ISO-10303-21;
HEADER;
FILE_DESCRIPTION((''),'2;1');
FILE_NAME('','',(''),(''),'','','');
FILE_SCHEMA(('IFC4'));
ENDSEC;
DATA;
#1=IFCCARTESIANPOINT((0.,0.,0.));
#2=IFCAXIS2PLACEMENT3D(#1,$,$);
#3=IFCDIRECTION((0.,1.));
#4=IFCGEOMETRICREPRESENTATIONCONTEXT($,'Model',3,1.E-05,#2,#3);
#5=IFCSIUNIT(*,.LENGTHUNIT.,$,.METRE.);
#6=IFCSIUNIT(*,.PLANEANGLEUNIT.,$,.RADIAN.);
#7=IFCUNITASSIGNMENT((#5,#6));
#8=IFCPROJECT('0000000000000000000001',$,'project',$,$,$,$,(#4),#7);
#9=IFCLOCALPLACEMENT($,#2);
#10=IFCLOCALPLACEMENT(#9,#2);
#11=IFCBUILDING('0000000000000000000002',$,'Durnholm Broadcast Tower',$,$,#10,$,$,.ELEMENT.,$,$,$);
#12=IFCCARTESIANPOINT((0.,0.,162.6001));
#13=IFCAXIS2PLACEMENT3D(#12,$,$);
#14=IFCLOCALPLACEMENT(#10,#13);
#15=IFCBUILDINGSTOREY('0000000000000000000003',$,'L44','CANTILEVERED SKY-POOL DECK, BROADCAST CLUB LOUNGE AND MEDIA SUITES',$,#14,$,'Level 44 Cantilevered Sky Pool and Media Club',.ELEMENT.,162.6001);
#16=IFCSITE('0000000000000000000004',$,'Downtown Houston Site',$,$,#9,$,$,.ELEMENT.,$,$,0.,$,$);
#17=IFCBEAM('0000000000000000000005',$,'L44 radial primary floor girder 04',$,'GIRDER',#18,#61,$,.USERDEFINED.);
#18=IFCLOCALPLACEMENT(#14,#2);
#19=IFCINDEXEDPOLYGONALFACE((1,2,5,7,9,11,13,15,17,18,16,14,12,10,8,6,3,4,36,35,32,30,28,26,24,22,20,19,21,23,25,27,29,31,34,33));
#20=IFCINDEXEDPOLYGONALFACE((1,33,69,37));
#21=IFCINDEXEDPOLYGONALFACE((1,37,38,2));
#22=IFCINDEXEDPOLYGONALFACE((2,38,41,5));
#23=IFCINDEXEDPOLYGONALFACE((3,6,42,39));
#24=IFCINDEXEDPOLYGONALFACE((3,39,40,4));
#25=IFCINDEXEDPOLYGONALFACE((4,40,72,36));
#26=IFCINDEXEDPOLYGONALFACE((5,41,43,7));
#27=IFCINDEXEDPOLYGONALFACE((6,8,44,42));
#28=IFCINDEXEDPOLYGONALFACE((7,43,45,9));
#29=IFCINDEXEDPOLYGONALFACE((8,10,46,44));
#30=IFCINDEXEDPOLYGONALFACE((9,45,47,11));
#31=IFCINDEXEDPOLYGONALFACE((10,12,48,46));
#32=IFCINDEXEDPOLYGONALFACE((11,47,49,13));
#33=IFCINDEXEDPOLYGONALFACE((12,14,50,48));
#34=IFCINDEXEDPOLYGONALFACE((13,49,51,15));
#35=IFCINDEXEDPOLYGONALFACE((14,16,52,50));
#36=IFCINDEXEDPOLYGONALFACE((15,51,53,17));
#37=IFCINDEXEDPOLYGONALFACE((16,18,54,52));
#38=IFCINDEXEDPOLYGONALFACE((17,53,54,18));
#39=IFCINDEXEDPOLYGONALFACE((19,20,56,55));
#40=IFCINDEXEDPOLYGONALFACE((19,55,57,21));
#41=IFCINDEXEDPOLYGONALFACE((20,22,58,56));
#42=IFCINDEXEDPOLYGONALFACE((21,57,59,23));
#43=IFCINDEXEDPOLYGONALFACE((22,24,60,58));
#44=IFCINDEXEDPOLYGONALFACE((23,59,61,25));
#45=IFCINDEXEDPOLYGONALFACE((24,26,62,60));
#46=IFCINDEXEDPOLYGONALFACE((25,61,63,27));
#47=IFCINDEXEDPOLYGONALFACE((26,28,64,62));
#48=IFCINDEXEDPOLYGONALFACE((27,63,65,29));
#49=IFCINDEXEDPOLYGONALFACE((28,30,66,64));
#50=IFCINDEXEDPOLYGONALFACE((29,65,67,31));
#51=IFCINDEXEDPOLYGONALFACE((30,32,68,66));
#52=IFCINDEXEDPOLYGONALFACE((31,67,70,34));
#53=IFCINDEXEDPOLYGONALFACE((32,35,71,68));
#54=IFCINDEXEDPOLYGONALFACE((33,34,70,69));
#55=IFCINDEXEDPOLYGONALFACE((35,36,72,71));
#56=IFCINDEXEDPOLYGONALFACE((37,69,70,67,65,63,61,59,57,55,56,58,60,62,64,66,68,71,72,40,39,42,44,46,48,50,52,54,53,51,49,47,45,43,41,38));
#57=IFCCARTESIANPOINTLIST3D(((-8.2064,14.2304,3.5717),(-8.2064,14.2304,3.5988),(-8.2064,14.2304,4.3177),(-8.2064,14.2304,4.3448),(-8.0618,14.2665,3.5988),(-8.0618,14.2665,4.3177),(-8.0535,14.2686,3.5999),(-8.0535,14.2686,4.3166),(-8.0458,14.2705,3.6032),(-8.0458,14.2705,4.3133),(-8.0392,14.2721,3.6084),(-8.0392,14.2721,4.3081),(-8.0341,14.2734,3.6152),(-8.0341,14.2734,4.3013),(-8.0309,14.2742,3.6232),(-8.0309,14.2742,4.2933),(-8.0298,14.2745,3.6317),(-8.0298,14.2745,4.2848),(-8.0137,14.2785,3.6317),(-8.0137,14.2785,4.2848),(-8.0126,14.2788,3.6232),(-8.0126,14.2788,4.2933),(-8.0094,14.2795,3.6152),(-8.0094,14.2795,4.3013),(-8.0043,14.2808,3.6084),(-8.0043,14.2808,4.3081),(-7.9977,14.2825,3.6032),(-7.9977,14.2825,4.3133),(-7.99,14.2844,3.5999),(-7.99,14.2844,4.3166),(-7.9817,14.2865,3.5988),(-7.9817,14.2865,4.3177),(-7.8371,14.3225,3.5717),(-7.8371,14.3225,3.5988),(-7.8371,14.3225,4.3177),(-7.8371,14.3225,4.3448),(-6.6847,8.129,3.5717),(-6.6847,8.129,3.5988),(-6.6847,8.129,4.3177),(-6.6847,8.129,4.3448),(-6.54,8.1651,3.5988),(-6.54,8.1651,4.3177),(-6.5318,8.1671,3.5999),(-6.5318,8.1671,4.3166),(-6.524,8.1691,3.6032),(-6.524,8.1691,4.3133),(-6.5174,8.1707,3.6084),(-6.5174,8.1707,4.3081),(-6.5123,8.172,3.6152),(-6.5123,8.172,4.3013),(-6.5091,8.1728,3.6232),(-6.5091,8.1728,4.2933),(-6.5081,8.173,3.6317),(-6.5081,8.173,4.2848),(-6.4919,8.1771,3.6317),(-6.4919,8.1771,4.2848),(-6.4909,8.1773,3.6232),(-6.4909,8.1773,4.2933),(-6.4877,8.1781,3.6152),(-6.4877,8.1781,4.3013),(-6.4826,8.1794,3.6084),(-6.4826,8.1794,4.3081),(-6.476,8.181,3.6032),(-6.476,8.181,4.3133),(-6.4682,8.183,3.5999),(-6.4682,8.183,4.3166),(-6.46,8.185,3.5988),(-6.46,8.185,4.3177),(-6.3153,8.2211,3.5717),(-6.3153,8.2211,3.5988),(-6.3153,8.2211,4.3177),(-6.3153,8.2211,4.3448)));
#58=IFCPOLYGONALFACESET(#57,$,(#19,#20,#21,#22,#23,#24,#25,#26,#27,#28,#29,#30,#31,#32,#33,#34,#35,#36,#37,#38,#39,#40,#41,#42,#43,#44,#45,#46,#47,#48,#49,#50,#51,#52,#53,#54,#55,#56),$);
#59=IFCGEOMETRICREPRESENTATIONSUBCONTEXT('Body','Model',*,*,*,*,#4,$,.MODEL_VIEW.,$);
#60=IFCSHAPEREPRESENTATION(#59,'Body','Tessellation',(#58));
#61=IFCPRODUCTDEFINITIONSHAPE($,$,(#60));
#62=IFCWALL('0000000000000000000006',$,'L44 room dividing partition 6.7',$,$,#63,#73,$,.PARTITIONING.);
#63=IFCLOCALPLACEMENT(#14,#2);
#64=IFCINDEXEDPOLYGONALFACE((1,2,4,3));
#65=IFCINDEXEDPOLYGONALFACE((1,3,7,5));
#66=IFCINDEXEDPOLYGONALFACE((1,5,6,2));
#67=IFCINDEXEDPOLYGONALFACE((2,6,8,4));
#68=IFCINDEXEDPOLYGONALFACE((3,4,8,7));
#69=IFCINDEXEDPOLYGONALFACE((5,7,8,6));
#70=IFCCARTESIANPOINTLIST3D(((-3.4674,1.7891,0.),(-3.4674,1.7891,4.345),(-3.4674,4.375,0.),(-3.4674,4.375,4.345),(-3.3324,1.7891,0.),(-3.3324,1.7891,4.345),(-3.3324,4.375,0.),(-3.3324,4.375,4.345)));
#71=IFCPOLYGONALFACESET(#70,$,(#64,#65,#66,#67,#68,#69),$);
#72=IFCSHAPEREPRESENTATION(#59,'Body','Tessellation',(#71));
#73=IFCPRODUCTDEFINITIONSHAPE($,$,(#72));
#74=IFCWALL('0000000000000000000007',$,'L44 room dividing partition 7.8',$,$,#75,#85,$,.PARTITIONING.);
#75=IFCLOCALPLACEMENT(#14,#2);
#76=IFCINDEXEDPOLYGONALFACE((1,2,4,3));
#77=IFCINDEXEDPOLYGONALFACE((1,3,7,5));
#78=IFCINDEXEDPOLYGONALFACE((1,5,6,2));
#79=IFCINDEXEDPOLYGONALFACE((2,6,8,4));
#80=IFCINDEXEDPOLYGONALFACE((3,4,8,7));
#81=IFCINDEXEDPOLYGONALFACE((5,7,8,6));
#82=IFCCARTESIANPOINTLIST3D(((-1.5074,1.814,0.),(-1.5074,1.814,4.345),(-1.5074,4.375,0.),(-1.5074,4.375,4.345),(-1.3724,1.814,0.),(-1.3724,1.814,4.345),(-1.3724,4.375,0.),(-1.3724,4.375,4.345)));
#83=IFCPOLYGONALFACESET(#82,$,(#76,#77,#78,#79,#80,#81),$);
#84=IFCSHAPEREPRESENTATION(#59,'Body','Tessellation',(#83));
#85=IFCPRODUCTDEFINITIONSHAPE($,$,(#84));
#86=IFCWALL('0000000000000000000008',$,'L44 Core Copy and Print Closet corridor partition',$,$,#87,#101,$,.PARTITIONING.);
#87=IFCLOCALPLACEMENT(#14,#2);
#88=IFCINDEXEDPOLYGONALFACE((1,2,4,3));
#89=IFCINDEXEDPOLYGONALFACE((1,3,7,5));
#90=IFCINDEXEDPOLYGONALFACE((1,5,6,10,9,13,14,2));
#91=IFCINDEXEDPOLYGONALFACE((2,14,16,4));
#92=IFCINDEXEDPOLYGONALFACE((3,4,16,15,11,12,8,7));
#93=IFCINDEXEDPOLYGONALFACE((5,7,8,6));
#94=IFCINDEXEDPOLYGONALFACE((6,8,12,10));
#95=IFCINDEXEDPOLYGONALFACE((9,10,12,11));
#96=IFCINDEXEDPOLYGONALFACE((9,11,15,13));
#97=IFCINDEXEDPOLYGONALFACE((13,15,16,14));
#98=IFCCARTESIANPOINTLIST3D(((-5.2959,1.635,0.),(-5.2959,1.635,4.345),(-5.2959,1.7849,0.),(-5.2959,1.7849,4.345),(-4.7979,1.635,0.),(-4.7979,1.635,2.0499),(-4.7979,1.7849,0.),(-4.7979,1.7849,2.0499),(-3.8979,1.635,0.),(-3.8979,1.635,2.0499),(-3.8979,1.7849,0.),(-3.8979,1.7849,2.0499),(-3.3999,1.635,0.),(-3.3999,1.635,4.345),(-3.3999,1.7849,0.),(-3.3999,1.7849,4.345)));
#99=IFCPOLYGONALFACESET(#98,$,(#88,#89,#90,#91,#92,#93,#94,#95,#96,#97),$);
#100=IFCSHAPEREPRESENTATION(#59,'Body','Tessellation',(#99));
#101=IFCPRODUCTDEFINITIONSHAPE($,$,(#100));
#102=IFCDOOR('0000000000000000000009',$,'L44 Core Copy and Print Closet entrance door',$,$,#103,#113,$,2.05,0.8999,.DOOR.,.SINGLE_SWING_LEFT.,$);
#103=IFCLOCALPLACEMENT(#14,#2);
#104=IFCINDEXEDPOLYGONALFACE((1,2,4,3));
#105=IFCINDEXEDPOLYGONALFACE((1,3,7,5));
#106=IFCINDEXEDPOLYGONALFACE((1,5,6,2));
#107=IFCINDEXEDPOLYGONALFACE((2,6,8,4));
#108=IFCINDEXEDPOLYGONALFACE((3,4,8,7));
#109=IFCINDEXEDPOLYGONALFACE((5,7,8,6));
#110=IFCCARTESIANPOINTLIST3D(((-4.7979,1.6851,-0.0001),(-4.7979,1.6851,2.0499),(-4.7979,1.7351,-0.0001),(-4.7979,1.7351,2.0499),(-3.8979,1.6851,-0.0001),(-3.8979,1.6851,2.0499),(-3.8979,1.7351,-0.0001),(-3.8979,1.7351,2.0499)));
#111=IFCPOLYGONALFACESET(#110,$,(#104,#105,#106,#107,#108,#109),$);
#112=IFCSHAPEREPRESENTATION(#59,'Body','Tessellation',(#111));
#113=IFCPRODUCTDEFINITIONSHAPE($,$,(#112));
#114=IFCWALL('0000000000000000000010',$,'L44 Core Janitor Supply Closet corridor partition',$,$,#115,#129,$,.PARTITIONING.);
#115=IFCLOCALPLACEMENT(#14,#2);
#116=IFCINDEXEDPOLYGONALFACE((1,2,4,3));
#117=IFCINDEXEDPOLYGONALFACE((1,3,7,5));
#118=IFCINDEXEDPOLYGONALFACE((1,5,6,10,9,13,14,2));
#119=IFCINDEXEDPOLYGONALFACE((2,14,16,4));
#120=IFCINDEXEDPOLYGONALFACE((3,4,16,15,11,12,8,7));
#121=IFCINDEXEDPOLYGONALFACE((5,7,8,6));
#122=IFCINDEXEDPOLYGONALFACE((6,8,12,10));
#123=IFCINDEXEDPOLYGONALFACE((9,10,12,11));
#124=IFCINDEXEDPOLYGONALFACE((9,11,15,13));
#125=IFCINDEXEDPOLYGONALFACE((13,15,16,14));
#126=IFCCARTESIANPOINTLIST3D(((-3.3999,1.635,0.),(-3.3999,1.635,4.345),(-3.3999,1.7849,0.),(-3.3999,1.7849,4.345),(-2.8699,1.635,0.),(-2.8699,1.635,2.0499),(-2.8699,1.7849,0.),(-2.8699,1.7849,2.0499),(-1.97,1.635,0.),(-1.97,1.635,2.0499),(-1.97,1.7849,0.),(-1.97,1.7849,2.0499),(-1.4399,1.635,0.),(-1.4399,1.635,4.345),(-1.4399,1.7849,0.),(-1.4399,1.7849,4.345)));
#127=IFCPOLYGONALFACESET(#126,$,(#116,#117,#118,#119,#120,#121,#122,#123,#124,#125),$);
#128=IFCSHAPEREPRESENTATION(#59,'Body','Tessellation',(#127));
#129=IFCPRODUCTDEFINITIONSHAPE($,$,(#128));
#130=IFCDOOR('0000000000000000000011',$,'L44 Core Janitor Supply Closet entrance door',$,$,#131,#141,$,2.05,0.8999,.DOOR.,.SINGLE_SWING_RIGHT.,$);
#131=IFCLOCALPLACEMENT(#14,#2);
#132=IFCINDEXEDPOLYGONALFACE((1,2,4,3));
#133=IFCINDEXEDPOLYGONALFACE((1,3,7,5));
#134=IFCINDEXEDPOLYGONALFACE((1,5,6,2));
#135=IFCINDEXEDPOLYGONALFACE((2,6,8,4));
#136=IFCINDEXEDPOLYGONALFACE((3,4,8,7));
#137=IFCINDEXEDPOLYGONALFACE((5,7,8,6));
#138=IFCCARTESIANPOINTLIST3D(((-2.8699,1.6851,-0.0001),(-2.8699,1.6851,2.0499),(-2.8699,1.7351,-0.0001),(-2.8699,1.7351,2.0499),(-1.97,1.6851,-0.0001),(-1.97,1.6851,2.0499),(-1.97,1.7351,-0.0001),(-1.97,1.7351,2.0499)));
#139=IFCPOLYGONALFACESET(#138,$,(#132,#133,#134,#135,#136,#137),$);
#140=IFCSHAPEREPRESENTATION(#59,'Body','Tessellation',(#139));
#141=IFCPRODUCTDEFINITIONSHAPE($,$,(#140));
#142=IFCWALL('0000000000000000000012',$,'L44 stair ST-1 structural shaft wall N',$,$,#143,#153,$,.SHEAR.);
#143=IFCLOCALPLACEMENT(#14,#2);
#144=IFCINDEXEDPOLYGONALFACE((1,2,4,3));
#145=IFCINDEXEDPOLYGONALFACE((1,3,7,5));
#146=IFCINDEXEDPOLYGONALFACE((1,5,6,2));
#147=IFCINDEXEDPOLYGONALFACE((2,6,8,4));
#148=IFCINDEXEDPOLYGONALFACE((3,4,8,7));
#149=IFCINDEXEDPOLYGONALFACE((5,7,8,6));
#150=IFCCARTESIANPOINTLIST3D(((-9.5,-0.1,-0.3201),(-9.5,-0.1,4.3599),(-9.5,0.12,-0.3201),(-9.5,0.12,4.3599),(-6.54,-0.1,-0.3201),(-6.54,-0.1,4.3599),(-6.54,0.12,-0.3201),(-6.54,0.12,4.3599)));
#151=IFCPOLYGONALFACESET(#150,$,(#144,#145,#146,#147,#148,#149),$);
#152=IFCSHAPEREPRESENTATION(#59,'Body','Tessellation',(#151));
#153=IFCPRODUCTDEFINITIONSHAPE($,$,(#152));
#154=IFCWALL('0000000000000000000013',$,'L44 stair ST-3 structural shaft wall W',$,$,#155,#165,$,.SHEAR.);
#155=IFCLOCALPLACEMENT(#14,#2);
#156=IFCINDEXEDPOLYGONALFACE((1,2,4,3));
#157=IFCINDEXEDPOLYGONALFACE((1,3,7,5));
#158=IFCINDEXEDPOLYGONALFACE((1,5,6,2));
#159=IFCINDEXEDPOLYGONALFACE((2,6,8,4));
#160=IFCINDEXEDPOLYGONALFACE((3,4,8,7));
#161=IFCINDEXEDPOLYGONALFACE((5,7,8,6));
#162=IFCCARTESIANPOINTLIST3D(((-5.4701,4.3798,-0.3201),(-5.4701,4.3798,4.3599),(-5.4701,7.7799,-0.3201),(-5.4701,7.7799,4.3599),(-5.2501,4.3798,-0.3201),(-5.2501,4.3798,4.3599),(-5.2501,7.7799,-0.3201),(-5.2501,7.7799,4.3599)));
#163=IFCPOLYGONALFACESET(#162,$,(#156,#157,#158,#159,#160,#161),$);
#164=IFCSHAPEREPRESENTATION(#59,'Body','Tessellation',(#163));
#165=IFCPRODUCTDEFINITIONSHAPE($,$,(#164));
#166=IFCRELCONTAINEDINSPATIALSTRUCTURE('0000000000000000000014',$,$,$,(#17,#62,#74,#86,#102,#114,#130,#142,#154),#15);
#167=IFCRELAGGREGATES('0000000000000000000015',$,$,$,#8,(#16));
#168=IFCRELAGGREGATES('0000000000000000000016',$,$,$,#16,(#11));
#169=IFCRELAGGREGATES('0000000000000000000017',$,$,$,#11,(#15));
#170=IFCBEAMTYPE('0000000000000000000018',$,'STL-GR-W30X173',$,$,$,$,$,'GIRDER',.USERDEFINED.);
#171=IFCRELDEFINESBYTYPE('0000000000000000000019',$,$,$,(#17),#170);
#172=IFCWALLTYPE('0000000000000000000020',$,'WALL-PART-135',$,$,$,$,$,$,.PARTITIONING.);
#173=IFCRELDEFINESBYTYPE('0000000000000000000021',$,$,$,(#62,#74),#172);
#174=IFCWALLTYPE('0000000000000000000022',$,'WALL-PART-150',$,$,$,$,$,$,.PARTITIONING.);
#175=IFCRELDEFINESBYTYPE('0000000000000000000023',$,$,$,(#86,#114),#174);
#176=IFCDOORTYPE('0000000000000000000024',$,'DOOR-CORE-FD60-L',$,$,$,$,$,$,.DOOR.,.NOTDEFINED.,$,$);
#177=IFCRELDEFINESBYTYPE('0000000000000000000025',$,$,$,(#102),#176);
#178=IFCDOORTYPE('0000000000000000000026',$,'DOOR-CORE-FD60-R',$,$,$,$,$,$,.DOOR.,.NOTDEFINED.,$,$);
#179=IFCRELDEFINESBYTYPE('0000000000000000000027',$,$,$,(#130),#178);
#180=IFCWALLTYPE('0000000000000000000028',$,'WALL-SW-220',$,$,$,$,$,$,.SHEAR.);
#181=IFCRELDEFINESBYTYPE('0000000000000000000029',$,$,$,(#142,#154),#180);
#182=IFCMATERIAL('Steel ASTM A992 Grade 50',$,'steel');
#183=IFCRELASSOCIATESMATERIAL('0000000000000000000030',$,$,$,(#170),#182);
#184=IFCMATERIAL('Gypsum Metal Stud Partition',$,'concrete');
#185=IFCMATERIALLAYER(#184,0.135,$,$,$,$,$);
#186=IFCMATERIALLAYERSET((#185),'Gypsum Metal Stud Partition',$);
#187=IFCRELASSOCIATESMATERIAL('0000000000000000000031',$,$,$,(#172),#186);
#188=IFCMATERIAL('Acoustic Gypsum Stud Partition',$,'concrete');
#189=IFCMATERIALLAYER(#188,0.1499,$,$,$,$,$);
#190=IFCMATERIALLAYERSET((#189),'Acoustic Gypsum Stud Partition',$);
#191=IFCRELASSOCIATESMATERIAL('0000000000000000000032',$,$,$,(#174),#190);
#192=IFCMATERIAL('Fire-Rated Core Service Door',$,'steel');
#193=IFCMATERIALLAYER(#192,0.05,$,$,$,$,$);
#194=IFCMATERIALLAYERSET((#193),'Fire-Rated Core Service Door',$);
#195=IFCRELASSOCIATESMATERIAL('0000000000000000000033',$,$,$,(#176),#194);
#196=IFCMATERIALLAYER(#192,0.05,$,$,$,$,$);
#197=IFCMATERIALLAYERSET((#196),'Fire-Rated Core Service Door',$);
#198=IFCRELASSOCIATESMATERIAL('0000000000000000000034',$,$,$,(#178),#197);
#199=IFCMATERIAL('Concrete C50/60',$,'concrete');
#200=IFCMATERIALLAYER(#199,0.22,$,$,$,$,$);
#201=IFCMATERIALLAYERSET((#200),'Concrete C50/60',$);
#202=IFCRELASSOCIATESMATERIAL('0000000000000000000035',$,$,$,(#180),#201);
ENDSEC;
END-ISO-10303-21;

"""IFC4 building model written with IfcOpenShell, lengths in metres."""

from ifc_helpers import new_model, si_unit, direction, frame, frame_2d, origin, origin_2d, place, context, subcontext, project, spatial, rectangle, i_section, extrude, source, transform, mapped, material, layer, layer_set, material_profile, profile_set, type_object, type_shapes, element, fill, save


model = new_model("IFC4")

# Units and contexts
model_context = context("Model", 3, precision=1e-05, world=origin(), true_north=direction((0.0, 1.0)))
body_context = subcontext(model_context, "Body", "Model", "MODEL_VIEW")
ifc_project = project(units=[si_unit("LENGTHUNIT", "METRE"), si_unit("PLANEANGLEUNIT", "RADIAN")], contexts=[model_context])

# Site, building, storey
site_placement = place(None, origin())
site = spatial("IfcSite", under=ifc_project, at=site_placement, Name="Downtown Houston Site", CompositionType="ELEMENT", RefElevation=0.0)
building_placement = place(site_placement, origin())
building = spatial("IfcBuilding", under=site, at=building_placement, Name="Durnholm Broadcast Tower", CompositionType="ELEMENT")
storey_placement = place(building_placement, frame((0.0, 0.0, 162.6001)))
storey = spatial("IfcBuildingStorey", under=building, at=storey_placement, Name="L44", Description="CANTILEVERED SKY-POOL DECK, BROADCAST CLUB LOUNGE AND MEDIA SUITES", LongName="Level 44 Cantilevered Sky Pool and Media Club", CompositionType="ELEMENT", Elevation=162.6001)

# Beam
ifc_material_1 = material(Name="Steel ASTM A992 Grade 50", Category="steel")
ifc_material_profile = material_profile(ifc_material_1, i_section(OverallWidth=0.3806, OverallDepth=0.7732, WebThickness=0.0166, FlangeThickness=0.0271, FilletRadius=0.033, at=origin_2d()), Name="W30X173")
ifc_profile_set = profile_set([ifc_material_profile], Name="Steel ASTM A992 Grade 50")
beam_type = type_object("IfcBeamType", Name="STL-GR-W30X173", ElementType="GIRDER", PredefinedType="USERDEFINED", material=ifc_profile_set)
shared_shape_1 = source(origin(), body_context, "Body", "SweptSolid", [
    extrude(i_section(OverallWidth=0.3806, OverallDepth=0.7732, WebThickness=0.0166, FlangeThickness=0.0271, FilletRadius=0.033, at=origin_2d()), origin(), (0.0, 0.0, 1.0), 6.2883),
])
type_shapes(beam_type, [shared_shape_1])
beam_placement = place(storey_placement, frame((-6.5, 8.175, 3.9583), z_axis=(-0.241997, 0.970277, 0.0), x_axis=(-0.970277, -0.241997, 0.0)))
element("IfcBeam", 1, at=beam_placement, inside=storey, type_object=beam_type, Name="L44 radial primary floor girder 04", ObjectType="GIRDER", PredefinedType="USERDEFINED", context=body_context, shape_type="MappedRepresentation", body=[
    mapped(shared_shape_1, transform((0.0, 0.0, 0.0), x_axis=(1.0, 0.0, 0.0), y_axis=(0.0, 1.0, 0.0), z_axis=(0.0, 0.0, 1.0), scale=1.0)),
])

# Walls
ifc_material_2 = material(Name="Gypsum Metal Stud Partition", Category="concrete")
ifc_layer_1 = layer(ifc_material_2, 0.135)
ifc_layer_set_1 = layer_set([ifc_layer_1], Name="Gypsum Metal Stud Partition")
wall_type_1 = type_object("IfcWallType", Name="WALL-PART-135", PredefinedType="PARTITIONING", material=ifc_layer_set_1)
wall_1_placement = place(storey_placement, frame((-3.3999, 4.375, 0.0), z_axis=(0.0, 0.0, 1.0), x_axis=(0.0, -1.0, 0.0)))
element("IfcWall", 2, at=wall_1_placement, inside=storey, type_object=wall_type_1, Name="L44 room dividing partition 6.7", PredefinedType="PARTITIONING", context=body_context, shape_type="SweptSolid", body=[
    extrude(rectangle(XDim=2.5859, YDim=0.135, at=frame_2d((1.293, 0.0))), origin(), (0.0, 0.0, 1.0), 4.345),
])
wall_2_placement = place(storey_placement, frame((-1.4399, 4.375, 0.0), z_axis=(0.0, 0.0, 1.0), x_axis=(0.0, -1.0, 0.0)))
element("IfcWall", 3, at=wall_2_placement, inside=storey, type_object=wall_type_1, Name="L44 room dividing partition 7.8", PredefinedType="PARTITIONING", context=body_context, shape_type="SweptSolid", body=[
    extrude(rectangle(XDim=2.561, YDim=0.135, at=frame_2d((1.2805, 0.0))), origin(), (0.0, 0.0, 1.0), 4.345),
])

# Walls, openings, doors
ifc_material_3 = material(Name="Acoustic Gypsum Stud Partition", Category="concrete")
ifc_layer_2 = layer(ifc_material_3, 0.1499)
ifc_layer_set_2 = layer_set([ifc_layer_2], Name="Acoustic Gypsum Stud Partition")
wall_type_2 = type_object("IfcWallType", Name="WALL-PART-150", PredefinedType="PARTITIONING", material=ifc_layer_set_2)
wall_3_placement = place(storey_placement, frame((-3.3999, 1.71, 0.0), z_axis=(0.0, 0.0, 1.0), x_axis=(-1.0, 0.0, 0.0)))
wall_3 = element("IfcWall", 4, at=wall_3_placement, inside=storey, type_object=wall_type_2, Name="L44 Core Copy and Print Closet corridor partition", PredefinedType="PARTITIONING", context=body_context, shape_type="SweptSolid", body=[
    extrude(rectangle(XDim=1.896, YDim=0.1499, at=frame_2d((0.948, 0.0))), origin(), (0.0, 0.0, 1.0), 4.345),
])
opening_1_placement = place(wall_3_placement, frame((0.498, 0.0, 0.0)))
opening_1 = element("IfcOpeningElement", 5, at=opening_1_placement, cuts=wall_3, PredefinedType="OPENING", context=body_context, shape_type="SweptSolid", body=[
    extrude(rectangle(XDim=0.8999, YDim=2.05, at=frame_2d((0.45, 1.0249))), frame((0.0, 0.085, 0.0), z_axis=(0.0, -1.0, 0.0), x_axis=(1.0, 0.0, 0.0)), (0.0, 0.0, 1.0), 0.1699),
])
ifc_material_4 = material(Name="Fire-Rated Core Service Door", Category="steel")
ifc_layer_3 = layer(ifc_material_4, 0.05)
ifc_layer_set_3 = layer_set([ifc_layer_3], Name="Fire-Rated Core Service Door")
door_type_1 = type_object("IfcDoorType", Name="DOOR-CORE-FD60-L", OperationType="NOTDEFINED", PredefinedType="DOOR", material=ifc_layer_set_3)
shared_shape_2 = source(origin(), body_context, "Body", "SweptSolid", [
    extrude(rectangle(XDim=0.8999, YDim=2.05, at=frame_2d((0.45, 1.0249))), frame((0.0, 0.0249, 0.0), z_axis=(0.0, -1.0, 0.0), x_axis=(1.0, 0.0, 0.0)), (0.0, 0.0, 1.0), 0.05),
])
type_shapes(door_type_1, [shared_shape_2])
door_1_placement = place(opening_1_placement, origin())
door_1 = element("IfcDoor", 6, at=door_1_placement, inside=storey, type_object=door_type_1, Name="L44 Core Copy and Print Closet entrance door", OperationType="SINGLE_SWING_LEFT", OverallHeight=2.05, OverallWidth=0.8999, PredefinedType="DOOR", context=body_context, shape_type="MappedRepresentation", body=[
    mapped(shared_shape_2, transform((0.0, 0.0, 0.0), x_axis=(1.0, 0.0, 0.0), y_axis=(0.0, 1.0, 0.0), z_axis=(0.0, 0.0, 1.0), scale=1.0)),
])
fill(opening_1, door_1)
wall_4_placement = place(storey_placement, frame((-1.4399, 1.71, 0.0), z_axis=(0.0, 0.0, 1.0), x_axis=(-1.0, 0.0, 0.0)))
wall_4 = element("IfcWall", 7, at=wall_4_placement, inside=storey, type_object=wall_type_2, Name="L44 Core Janitor Supply Closet corridor partition", PredefinedType="PARTITIONING", context=body_context, shape_type="SweptSolid", body=[
    extrude(rectangle(XDim=1.96, YDim=0.1499, at=frame_2d((0.98, 0.0))), origin(), (0.0, 0.0, 1.0), 4.345),
])
opening_2_placement = place(wall_4_placement, frame((0.53, 0.0, 0.0)))
opening_2 = element("IfcOpeningElement", 8, at=opening_2_placement, cuts=wall_4, PredefinedType="OPENING", context=body_context, shape_type="SweptSolid", body=[
    extrude(rectangle(XDim=0.8999, YDim=2.05, at=frame_2d((0.45, 1.0249))), frame((0.0, 0.085, 0.0), z_axis=(0.0, -1.0, 0.0), x_axis=(1.0, 0.0, 0.0)), (0.0, 0.0, 1.0), 0.1699),
])
ifc_layer_4 = layer(ifc_material_4, 0.05)
ifc_layer_set_4 = layer_set([ifc_layer_4], Name="Fire-Rated Core Service Door")
door_type_2 = type_object("IfcDoorType", Name="DOOR-CORE-FD60-R", OperationType="NOTDEFINED", PredefinedType="DOOR", material=ifc_layer_set_4)
shared_shape_3 = source(origin(), body_context, "Body", "SweptSolid", [
    extrude(rectangle(XDim=0.8999, YDim=2.05, at=frame_2d((0.45, 1.0249))), frame((0.0, 0.0249, 0.0), z_axis=(0.0, -1.0, 0.0), x_axis=(1.0, 0.0, 0.0)), (0.0, 0.0, 1.0), 0.05),
])
type_shapes(door_type_2, [shared_shape_3])
door_2_placement = place(opening_2_placement, origin())
door_2 = element("IfcDoor", 9, at=door_2_placement, inside=storey, type_object=door_type_2, Name="L44 Core Janitor Supply Closet entrance door", OperationType="SINGLE_SWING_RIGHT", OverallHeight=2.05, OverallWidth=0.8999, PredefinedType="DOOR", context=body_context, shape_type="MappedRepresentation", body=[
    mapped(shared_shape_3, transform((0.0, 0.0, 0.0), x_axis=(1.0, 0.0, 0.0), y_axis=(0.0, 1.0, 0.0), z_axis=(0.0, 0.0, 1.0), scale=1.0)),
])
fill(opening_2, door_2)

# Walls
ifc_material_5 = material(Name="Concrete C50/60", Category="concrete")
ifc_layer_5 = layer(ifc_material_5, 0.22)
ifc_layer_set_5 = layer_set([ifc_layer_5], Name="Concrete C50/60")
wall_type_3 = type_object("IfcWallType", Name="WALL-SW-220", PredefinedType="SHEAR", material=ifc_layer_set_5)
wall_5_placement = place(storey_placement, frame((-6.54, 0.01, -0.3201), z_axis=(0.0, 0.0, 1.0), x_axis=(-1.0, 0.0, 0.0)))
element("IfcWall", 10, at=wall_5_placement, inside=storey, type_object=wall_type_3, Name="L44 stair ST-1 structural shaft wall N", PredefinedType="SHEAR", context=body_context, shape_type="SweptSolid", body=[
    extrude(rectangle(XDim=2.96, YDim=0.22, at=frame_2d((1.48, 0.0))), origin(), (0.0, 0.0, 1.0), 4.6799),
])
wall_6_placement = place(storey_placement, frame((-5.3601, 7.78, -0.3201), z_axis=(0.0, 0.0, 1.0), x_axis=(0.0, -1.0, 0.0)))
element("IfcWall", 11, at=wall_6_placement, inside=storey, type_object=wall_type_3, Name="L44 stair ST-3 structural shaft wall W", PredefinedType="SHEAR", context=body_context, shape_type="SweptSolid", body=[
    extrude(rectangle(XDim=3.4001, YDim=0.22, at=frame_2d((1.7002, 0.0))), origin(), (0.0, 0.0, 1.0), 4.6799),
])

save(model, "model.ifc")
